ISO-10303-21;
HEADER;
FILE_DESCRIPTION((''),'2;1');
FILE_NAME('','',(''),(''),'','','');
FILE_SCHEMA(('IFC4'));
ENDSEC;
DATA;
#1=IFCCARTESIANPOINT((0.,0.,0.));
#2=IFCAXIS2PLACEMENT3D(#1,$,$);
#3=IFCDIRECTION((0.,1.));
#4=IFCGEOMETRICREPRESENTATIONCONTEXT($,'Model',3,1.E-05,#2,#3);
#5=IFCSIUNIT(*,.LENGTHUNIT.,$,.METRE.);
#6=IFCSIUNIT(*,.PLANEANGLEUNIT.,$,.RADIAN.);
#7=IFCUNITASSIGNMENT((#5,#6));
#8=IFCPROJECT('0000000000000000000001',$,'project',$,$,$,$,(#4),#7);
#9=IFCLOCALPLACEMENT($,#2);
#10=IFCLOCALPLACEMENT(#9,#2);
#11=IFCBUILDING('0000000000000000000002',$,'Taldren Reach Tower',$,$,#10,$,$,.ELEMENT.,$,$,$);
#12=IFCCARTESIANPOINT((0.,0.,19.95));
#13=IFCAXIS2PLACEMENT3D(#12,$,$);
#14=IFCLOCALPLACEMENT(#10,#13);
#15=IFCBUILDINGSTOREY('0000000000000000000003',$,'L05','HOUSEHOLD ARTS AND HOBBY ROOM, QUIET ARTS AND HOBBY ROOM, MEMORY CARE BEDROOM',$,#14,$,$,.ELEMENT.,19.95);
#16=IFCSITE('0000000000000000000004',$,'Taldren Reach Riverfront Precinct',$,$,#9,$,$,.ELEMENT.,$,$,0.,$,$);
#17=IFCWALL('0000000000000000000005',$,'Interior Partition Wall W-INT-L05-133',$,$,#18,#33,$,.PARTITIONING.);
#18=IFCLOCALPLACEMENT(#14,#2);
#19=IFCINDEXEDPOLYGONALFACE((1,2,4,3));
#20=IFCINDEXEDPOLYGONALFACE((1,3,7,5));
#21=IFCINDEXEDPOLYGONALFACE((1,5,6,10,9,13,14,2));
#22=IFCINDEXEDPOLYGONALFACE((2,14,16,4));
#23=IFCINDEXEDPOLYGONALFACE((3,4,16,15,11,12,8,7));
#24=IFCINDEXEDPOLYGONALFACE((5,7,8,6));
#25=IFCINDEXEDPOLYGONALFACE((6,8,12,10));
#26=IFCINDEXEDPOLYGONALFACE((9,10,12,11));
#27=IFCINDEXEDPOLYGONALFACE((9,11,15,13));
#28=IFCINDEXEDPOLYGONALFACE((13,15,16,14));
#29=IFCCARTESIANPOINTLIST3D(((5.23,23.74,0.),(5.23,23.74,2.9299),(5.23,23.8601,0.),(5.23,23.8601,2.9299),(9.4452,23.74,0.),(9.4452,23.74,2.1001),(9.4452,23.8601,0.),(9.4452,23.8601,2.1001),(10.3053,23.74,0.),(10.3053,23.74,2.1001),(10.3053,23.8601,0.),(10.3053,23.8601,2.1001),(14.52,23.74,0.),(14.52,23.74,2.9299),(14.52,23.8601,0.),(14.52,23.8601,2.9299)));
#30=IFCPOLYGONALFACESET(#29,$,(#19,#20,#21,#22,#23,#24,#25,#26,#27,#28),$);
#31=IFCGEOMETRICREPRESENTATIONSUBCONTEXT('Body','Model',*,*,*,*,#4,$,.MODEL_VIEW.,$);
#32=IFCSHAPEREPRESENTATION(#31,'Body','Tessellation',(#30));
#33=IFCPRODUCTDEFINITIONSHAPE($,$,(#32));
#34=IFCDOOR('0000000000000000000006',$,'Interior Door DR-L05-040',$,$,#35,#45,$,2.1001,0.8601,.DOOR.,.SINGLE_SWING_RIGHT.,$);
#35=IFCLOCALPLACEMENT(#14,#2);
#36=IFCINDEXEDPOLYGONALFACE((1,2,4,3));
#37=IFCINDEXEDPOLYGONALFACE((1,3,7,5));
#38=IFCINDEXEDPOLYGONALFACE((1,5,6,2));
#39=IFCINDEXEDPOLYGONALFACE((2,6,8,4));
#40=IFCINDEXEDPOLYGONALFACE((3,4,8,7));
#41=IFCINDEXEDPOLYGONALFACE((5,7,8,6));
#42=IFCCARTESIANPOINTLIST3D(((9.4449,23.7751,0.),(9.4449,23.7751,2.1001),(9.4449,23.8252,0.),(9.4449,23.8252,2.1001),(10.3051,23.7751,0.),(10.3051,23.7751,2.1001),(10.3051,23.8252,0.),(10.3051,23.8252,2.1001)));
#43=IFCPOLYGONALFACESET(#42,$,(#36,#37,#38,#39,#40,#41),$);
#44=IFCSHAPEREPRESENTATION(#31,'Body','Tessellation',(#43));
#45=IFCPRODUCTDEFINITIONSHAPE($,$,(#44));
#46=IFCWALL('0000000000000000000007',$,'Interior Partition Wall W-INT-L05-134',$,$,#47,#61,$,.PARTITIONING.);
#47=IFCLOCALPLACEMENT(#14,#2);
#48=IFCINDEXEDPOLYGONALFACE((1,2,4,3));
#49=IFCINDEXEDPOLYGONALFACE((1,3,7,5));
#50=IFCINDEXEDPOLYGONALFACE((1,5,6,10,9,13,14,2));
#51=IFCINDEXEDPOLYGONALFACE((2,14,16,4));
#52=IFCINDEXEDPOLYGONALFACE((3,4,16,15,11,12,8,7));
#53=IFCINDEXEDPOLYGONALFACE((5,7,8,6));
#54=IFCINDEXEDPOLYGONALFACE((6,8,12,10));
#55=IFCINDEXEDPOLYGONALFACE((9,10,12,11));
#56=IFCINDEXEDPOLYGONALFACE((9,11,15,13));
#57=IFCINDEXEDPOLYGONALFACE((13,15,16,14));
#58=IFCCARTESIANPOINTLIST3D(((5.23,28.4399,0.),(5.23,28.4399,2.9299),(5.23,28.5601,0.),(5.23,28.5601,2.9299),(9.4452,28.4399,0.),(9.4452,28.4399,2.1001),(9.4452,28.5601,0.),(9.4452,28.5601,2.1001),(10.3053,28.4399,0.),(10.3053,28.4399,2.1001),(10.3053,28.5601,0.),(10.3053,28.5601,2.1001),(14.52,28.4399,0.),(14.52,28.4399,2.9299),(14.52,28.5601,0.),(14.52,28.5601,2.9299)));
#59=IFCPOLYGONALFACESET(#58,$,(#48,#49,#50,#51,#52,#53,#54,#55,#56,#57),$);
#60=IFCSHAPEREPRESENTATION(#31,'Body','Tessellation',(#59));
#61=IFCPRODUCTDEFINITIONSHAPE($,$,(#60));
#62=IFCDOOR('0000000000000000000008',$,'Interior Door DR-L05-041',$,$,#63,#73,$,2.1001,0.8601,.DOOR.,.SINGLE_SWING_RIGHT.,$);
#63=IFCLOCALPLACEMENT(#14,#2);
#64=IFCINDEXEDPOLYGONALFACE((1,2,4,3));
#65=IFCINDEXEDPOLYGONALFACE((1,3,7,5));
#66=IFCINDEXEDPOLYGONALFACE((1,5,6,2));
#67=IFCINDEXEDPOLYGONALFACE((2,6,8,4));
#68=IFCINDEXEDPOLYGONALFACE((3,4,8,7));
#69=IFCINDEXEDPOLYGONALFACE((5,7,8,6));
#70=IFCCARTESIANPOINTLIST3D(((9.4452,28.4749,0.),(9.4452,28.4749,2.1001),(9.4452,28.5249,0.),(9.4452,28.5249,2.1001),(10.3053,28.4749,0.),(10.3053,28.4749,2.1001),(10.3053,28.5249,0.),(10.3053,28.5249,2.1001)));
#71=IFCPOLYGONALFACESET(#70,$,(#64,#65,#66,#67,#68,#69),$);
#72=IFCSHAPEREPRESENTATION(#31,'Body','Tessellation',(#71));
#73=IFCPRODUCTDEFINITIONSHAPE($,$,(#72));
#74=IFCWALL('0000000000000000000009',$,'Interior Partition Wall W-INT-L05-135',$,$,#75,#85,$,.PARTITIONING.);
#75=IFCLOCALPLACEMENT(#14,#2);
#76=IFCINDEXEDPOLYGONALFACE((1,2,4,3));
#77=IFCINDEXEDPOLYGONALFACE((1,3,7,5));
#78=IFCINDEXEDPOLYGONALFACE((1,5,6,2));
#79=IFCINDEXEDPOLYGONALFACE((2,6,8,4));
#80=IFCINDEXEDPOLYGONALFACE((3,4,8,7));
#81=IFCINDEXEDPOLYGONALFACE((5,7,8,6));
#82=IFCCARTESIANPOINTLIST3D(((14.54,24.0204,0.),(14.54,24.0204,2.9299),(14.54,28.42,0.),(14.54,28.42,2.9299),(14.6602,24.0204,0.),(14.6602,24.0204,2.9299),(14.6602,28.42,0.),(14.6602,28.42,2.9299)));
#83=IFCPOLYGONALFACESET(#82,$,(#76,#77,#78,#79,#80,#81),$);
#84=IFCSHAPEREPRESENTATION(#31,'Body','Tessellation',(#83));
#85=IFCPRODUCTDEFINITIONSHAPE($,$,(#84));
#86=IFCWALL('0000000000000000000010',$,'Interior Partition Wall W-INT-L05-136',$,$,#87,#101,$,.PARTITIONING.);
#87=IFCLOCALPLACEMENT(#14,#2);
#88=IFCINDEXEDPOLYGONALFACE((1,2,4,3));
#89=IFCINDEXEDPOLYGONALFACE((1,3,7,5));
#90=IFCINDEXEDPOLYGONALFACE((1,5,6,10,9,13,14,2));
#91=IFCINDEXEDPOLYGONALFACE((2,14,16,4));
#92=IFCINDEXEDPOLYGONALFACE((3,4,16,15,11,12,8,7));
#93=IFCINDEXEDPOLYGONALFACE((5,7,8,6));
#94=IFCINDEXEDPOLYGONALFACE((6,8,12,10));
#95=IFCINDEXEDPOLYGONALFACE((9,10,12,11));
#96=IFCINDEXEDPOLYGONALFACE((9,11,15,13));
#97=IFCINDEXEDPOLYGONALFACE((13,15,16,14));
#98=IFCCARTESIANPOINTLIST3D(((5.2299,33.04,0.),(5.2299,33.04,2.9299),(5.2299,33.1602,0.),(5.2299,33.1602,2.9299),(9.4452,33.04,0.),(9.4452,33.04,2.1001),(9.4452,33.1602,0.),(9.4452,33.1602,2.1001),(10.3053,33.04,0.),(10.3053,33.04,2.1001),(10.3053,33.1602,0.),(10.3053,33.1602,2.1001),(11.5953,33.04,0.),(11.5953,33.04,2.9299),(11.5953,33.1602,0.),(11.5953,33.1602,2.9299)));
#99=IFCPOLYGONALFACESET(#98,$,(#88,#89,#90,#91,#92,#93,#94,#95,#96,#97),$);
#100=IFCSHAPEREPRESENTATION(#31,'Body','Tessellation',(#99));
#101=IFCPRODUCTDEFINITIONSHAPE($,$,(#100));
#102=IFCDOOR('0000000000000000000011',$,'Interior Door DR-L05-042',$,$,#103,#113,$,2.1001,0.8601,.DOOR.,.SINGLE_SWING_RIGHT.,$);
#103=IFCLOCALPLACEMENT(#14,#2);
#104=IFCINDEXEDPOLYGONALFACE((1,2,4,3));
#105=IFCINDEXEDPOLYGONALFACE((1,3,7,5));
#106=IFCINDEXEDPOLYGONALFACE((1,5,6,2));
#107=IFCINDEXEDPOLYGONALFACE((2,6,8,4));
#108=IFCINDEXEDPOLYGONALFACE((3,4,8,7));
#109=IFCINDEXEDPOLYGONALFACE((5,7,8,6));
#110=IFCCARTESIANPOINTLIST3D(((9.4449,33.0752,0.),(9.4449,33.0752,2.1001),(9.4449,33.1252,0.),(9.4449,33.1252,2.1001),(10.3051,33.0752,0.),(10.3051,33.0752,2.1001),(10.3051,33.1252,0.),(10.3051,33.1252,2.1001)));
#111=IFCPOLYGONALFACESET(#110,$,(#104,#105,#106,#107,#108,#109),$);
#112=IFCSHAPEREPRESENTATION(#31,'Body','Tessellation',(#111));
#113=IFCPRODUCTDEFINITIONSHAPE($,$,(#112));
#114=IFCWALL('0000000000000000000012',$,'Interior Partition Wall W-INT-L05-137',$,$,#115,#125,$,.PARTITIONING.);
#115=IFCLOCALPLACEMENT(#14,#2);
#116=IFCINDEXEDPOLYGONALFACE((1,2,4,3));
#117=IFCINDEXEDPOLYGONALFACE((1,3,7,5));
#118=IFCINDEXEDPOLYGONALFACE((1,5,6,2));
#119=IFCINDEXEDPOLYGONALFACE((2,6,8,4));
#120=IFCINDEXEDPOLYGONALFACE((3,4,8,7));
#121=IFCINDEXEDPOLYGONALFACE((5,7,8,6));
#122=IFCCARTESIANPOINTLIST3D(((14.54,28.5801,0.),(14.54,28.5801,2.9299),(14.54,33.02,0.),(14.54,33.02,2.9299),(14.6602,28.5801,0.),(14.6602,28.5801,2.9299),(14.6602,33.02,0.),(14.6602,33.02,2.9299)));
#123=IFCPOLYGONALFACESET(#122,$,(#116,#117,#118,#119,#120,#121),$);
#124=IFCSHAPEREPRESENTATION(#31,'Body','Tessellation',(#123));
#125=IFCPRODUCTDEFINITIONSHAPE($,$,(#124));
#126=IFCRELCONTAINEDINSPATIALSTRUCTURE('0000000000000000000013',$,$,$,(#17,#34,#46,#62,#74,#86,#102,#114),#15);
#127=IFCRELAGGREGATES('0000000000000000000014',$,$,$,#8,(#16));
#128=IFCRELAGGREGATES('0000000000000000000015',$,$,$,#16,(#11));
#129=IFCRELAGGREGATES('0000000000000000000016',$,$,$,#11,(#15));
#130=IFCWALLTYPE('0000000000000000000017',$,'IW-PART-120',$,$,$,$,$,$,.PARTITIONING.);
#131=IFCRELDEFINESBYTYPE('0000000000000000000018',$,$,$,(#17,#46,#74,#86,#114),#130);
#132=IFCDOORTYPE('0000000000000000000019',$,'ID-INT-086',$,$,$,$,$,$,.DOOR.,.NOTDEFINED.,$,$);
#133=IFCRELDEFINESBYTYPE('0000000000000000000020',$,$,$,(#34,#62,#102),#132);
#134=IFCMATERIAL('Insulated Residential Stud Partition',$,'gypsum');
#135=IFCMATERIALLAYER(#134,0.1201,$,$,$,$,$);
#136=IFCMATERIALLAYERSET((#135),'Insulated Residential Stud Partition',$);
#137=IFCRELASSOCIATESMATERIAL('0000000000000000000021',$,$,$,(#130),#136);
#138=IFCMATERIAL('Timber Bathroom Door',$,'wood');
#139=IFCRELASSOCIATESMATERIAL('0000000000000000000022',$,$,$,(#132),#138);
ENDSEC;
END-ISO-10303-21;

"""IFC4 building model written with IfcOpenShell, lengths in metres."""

from ifc_helpers import new_model, si_unit, direction, frame, frame_2d, origin, place, context, subcontext, project, spatial, rectangle, extrude, source, transform, mapped, material, layer, layer_set, type_object, element, fill, save


model = new_model("IFC4")

# Units and contexts
model_context = context("Model", 3, precision=1e-05, world=origin(), true_north=direction((0.0, 1.0)))
body_context = subcontext(model_context, "Body", "Model", "MODEL_VIEW")
ifc_project = project(units=[si_unit("LENGTHUNIT", "METRE"), si_unit("PLANEANGLEUNIT", "RADIAN")], contexts=[model_context])

# Site, building, storey
site_placement = place(None, origin())
site = spatial("IfcSite", under=ifc_project, at=site_placement, Name="Taldren Reach Riverfront Precinct", CompositionType="ELEMENT", RefElevation=0.0)
building_placement = place(site_placement, origin())
building = spatial("IfcBuilding", under=site, at=building_placement, Name="Taldren Reach Tower", CompositionType="ELEMENT")
storey_placement = place(building_placement, frame((0.0, 0.0, 19.95)))
storey = spatial("IfcBuildingStorey", under=building, at=storey_placement, Name="L05", Description="HOUSEHOLD ARTS AND HOBBY ROOM, QUIET ARTS AND HOBBY ROOM, MEMORY CARE BEDROOM", CompositionType="ELEMENT", Elevation=19.95)

# Walls, openings, doors
ifc_material_1 = material(Name="Insulated Residential Stud Partition", Category="gypsum")
ifc_layer_1 = layer(ifc_material_1, 0.1201)
ifc_layer_set_1 = layer_set([ifc_layer_1], Name="Insulated Residential Stud Partition")
wall_type_1 = type_object("IfcWallType", Name="IW-PART-120", PredefinedType="PARTITIONING", material=ifc_layer_set_1)
shared_shape_1 = source(origin(), body_context, "Body", "SweptSolid", [
    extrude(rectangle(XDim=9.29, YDim=0.1201, at=frame_2d((4.645, 0.0))), origin(), (0.0, 0.0, 1.0), 2.9299),
])
wall_1_placement = place(storey_placement, frame((5.23, 23.8, 0.0), z_axis=(0.0, 0.0, 1.0), x_axis=(1.0, 0.0, 0.0)))
wall_1 = element("IfcWall", 1, at=wall_1_placement, inside=storey, type_object=wall_type_1, Name="Interior Partition Wall W-INT-L05-133", PredefinedType="PARTITIONING", context=body_context, shape_type="MappedRepresentation", body=[
    mapped(shared_shape_1, transform((0.0, 0.0, 0.0), scale=1.0)),
])
shared_shape_2 = source(origin(), body_context, "Body", "SweptSolid", [
    extrude(rectangle(XDim=0.8601, YDim=2.1001, at=frame_2d((0.4302, 1.05))), frame((0.0, 0.0701, 0.0), z_axis=(0.0, -1.0, 0.0), x_axis=(1.0, 0.0, 0.0)), (0.0, 0.0, 1.0), 0.1401),
])
opening_1_placement = place(wall_1_placement, frame((4.2151, 0.0, 0.0)))
opening_1 = element("IfcOpeningElement", 2, at=opening_1_placement, cuts=wall_1, PredefinedType="OPENING", context=body_context, shape_type="MappedRepresentation", body=[
    mapped(shared_shape_2, transform((0.0, 0.0, 0.0), scale=1.0)),
])
ifc_material_2 = material(Name="Timber Bathroom Door", Category="wood")
door_type_1 = type_object("IfcDoorType", Name="ID-INT-086", OperationType="NOTDEFINED", PredefinedType="DOOR", material=ifc_material_2)
shared_shape_3 = source(origin(), body_context, "Body", "SweptSolid", [
    extrude(rectangle(XDim=0.8601, YDim=2.1001, at=frame_2d((0.4302, 1.05))), frame((0.0, 0.0249, 0.0), z_axis=(0.0, -1.0, 0.0), x_axis=(1.0, 0.0, 0.0)), (0.0, 0.0, 1.0), 0.05),
])
door_1_placement = place(opening_1_placement, frame((0.8601, 0.0, 0.0), z_axis=(0.0, 0.0, 1.0), x_axis=(-1.0, 0.0, 0.0)))
door_1 = element("IfcDoor", 3, at=door_1_placement, inside=storey, type_object=door_type_1, Name="Interior Door DR-L05-040", OperationType="SINGLE_SWING_RIGHT", OverallHeight=2.1001, OverallWidth=0.8601, PredefinedType="DOOR", context=body_context, shape_type="MappedRepresentation", body=[
    mapped(shared_shape_3, transform((0.0, 0.0, 0.0), scale=1.0)),
])
fill(opening_1, door_1)
wall_2_placement = place(storey_placement, frame((5.23, 28.5, 0.0), z_axis=(0.0, 0.0, 1.0), x_axis=(1.0, 0.0, 0.0)))
wall_2 = element("IfcWall", 4, at=wall_2_placement, inside=storey, type_object=wall_type_1, Name="Interior Partition Wall W-INT-L05-134", PredefinedType="PARTITIONING", context=body_context, shape_type="MappedRepresentation", body=[
    mapped(shared_shape_1, transform((0.0, 0.0, 0.0), scale=1.0)),
])
opening_2_placement = place(wall_2_placement, frame((4.2151, 0.0, 0.0)))
opening_2 = element("IfcOpeningElement", 5, at=opening_2_placement, cuts=wall_2, PredefinedType="OPENING", context=body_context, shape_type="MappedRepresentation", body=[
    mapped(shared_shape_2, transform((0.0, 0.0, 0.0), scale=1.0)),
])
door_2_placement = place(opening_2_placement, origin())
door_2 = element("IfcDoor", 6, at=door_2_placement, inside=storey, type_object=door_type_1, Name="Interior Door DR-L05-041", OperationType="SINGLE_SWING_RIGHT", OverallHeight=2.1001, OverallWidth=0.8601, PredefinedType="DOOR", context=body_context, shape_type="MappedRepresentation", body=[
    mapped(shared_shape_3, transform((0.0, 0.0, 0.0), scale=1.0)),
])
fill(opening_2, door_2)

# Wall
shared_shape_4 = source(origin(), body_context, "Body", "SweptSolid", [
    extrude(rectangle(XDim=4.3997, YDim=0.1201, at=frame_2d((2.1997, 0.0))), origin(), (0.0, 0.0, 1.0), 2.9299),
])
wall_3_placement = place(storey_placement, frame((14.6001, 28.4199, 0.0), z_axis=(0.0, 0.0, 1.0), x_axis=(0.0, -1.0, 0.0)))
element("IfcWall", 7, at=wall_3_placement, inside=storey, type_object=wall_type_1, Name="Interior Partition Wall W-INT-L05-135", PredefinedType="PARTITIONING", context=body_context, shape_type="MappedRepresentation", body=[
    mapped(shared_shape_4, transform((0.0, 0.0, 0.0), scale=1.0)),
])

# Wall, opening, door
shared_shape_5 = source(origin(), body_context, "Body", "SweptSolid", [
    extrude(rectangle(XDim=6.3655, YDim=0.1201, at=frame_2d((3.1826, 0.0))), origin(), (0.0, 0.0, 1.0), 2.9299),
])
wall_4_placement = place(storey_placement, frame((5.23, 33.1001, 0.0), z_axis=(0.0, 0.0, 1.0), x_axis=(1.0, 0.0, 0.0)))
wall_4 = element("IfcWall", 8, at=wall_4_placement, inside=storey, type_object=wall_type_1, Name="Interior Partition Wall W-INT-L05-136", PredefinedType="PARTITIONING", context=body_context, shape_type="MappedRepresentation", body=[
    mapped(shared_shape_5, transform((0.0, 0.0, 0.0), scale=1.0)),
])
opening_3_placement = place(wall_4_placement, frame((4.2151, 0.0, 0.0)))
opening_3 = element("IfcOpeningElement", 9, at=opening_3_placement, cuts=wall_4, PredefinedType="OPENING", context=body_context, shape_type="MappedRepresentation", body=[
    mapped(shared_shape_2, transform((0.0, 0.0, 0.0), scale=1.0)),
])
door_3_placement = place(opening_3_placement, frame((0.8601, 0.0, 0.0), z_axis=(0.0, 0.0, 1.0), x_axis=(-1.0, 0.0, 0.0)))
door_3 = element("IfcDoor", 10, at=door_3_placement, inside=storey, type_object=door_type_1, Name="Interior Door DR-L05-042", OperationType="SINGLE_SWING_RIGHT", OverallHeight=2.1001, OverallWidth=0.8601, PredefinedType="DOOR", context=body_context, shape_type="MappedRepresentation", body=[
    mapped(shared_shape_3, transform((0.0, 0.0, 0.0), scale=1.0)),
])
fill(opening_3, door_3)

# Wall
shared_shape_6 = source(origin(), body_context, "Body", "SweptSolid", [
    extrude(rectangle(XDim=4.4399, YDim=0.1201, at=frame_2d((2.22, 0.0))), origin(), (0.0, 0.0, 1.0), 2.9299),
])
wall_5_placement = place(storey_placement, frame((14.6001, 33.02, 0.0), z_axis=(0.0, 0.0, 1.0), x_axis=(0.0, -1.0, 0.0)))
element("IfcWall", 11, at=wall_5_placement, inside=storey, type_object=wall_type_1, Name="Interior Partition Wall W-INT-L05-137", PredefinedType="PARTITIONING", context=body_context, shape_type="MappedRepresentation", body=[
    mapped(shared_shape_6, transform((0.0, 0.0, 0.0), scale=1.0)),
])

save(model, "model.ifc")
